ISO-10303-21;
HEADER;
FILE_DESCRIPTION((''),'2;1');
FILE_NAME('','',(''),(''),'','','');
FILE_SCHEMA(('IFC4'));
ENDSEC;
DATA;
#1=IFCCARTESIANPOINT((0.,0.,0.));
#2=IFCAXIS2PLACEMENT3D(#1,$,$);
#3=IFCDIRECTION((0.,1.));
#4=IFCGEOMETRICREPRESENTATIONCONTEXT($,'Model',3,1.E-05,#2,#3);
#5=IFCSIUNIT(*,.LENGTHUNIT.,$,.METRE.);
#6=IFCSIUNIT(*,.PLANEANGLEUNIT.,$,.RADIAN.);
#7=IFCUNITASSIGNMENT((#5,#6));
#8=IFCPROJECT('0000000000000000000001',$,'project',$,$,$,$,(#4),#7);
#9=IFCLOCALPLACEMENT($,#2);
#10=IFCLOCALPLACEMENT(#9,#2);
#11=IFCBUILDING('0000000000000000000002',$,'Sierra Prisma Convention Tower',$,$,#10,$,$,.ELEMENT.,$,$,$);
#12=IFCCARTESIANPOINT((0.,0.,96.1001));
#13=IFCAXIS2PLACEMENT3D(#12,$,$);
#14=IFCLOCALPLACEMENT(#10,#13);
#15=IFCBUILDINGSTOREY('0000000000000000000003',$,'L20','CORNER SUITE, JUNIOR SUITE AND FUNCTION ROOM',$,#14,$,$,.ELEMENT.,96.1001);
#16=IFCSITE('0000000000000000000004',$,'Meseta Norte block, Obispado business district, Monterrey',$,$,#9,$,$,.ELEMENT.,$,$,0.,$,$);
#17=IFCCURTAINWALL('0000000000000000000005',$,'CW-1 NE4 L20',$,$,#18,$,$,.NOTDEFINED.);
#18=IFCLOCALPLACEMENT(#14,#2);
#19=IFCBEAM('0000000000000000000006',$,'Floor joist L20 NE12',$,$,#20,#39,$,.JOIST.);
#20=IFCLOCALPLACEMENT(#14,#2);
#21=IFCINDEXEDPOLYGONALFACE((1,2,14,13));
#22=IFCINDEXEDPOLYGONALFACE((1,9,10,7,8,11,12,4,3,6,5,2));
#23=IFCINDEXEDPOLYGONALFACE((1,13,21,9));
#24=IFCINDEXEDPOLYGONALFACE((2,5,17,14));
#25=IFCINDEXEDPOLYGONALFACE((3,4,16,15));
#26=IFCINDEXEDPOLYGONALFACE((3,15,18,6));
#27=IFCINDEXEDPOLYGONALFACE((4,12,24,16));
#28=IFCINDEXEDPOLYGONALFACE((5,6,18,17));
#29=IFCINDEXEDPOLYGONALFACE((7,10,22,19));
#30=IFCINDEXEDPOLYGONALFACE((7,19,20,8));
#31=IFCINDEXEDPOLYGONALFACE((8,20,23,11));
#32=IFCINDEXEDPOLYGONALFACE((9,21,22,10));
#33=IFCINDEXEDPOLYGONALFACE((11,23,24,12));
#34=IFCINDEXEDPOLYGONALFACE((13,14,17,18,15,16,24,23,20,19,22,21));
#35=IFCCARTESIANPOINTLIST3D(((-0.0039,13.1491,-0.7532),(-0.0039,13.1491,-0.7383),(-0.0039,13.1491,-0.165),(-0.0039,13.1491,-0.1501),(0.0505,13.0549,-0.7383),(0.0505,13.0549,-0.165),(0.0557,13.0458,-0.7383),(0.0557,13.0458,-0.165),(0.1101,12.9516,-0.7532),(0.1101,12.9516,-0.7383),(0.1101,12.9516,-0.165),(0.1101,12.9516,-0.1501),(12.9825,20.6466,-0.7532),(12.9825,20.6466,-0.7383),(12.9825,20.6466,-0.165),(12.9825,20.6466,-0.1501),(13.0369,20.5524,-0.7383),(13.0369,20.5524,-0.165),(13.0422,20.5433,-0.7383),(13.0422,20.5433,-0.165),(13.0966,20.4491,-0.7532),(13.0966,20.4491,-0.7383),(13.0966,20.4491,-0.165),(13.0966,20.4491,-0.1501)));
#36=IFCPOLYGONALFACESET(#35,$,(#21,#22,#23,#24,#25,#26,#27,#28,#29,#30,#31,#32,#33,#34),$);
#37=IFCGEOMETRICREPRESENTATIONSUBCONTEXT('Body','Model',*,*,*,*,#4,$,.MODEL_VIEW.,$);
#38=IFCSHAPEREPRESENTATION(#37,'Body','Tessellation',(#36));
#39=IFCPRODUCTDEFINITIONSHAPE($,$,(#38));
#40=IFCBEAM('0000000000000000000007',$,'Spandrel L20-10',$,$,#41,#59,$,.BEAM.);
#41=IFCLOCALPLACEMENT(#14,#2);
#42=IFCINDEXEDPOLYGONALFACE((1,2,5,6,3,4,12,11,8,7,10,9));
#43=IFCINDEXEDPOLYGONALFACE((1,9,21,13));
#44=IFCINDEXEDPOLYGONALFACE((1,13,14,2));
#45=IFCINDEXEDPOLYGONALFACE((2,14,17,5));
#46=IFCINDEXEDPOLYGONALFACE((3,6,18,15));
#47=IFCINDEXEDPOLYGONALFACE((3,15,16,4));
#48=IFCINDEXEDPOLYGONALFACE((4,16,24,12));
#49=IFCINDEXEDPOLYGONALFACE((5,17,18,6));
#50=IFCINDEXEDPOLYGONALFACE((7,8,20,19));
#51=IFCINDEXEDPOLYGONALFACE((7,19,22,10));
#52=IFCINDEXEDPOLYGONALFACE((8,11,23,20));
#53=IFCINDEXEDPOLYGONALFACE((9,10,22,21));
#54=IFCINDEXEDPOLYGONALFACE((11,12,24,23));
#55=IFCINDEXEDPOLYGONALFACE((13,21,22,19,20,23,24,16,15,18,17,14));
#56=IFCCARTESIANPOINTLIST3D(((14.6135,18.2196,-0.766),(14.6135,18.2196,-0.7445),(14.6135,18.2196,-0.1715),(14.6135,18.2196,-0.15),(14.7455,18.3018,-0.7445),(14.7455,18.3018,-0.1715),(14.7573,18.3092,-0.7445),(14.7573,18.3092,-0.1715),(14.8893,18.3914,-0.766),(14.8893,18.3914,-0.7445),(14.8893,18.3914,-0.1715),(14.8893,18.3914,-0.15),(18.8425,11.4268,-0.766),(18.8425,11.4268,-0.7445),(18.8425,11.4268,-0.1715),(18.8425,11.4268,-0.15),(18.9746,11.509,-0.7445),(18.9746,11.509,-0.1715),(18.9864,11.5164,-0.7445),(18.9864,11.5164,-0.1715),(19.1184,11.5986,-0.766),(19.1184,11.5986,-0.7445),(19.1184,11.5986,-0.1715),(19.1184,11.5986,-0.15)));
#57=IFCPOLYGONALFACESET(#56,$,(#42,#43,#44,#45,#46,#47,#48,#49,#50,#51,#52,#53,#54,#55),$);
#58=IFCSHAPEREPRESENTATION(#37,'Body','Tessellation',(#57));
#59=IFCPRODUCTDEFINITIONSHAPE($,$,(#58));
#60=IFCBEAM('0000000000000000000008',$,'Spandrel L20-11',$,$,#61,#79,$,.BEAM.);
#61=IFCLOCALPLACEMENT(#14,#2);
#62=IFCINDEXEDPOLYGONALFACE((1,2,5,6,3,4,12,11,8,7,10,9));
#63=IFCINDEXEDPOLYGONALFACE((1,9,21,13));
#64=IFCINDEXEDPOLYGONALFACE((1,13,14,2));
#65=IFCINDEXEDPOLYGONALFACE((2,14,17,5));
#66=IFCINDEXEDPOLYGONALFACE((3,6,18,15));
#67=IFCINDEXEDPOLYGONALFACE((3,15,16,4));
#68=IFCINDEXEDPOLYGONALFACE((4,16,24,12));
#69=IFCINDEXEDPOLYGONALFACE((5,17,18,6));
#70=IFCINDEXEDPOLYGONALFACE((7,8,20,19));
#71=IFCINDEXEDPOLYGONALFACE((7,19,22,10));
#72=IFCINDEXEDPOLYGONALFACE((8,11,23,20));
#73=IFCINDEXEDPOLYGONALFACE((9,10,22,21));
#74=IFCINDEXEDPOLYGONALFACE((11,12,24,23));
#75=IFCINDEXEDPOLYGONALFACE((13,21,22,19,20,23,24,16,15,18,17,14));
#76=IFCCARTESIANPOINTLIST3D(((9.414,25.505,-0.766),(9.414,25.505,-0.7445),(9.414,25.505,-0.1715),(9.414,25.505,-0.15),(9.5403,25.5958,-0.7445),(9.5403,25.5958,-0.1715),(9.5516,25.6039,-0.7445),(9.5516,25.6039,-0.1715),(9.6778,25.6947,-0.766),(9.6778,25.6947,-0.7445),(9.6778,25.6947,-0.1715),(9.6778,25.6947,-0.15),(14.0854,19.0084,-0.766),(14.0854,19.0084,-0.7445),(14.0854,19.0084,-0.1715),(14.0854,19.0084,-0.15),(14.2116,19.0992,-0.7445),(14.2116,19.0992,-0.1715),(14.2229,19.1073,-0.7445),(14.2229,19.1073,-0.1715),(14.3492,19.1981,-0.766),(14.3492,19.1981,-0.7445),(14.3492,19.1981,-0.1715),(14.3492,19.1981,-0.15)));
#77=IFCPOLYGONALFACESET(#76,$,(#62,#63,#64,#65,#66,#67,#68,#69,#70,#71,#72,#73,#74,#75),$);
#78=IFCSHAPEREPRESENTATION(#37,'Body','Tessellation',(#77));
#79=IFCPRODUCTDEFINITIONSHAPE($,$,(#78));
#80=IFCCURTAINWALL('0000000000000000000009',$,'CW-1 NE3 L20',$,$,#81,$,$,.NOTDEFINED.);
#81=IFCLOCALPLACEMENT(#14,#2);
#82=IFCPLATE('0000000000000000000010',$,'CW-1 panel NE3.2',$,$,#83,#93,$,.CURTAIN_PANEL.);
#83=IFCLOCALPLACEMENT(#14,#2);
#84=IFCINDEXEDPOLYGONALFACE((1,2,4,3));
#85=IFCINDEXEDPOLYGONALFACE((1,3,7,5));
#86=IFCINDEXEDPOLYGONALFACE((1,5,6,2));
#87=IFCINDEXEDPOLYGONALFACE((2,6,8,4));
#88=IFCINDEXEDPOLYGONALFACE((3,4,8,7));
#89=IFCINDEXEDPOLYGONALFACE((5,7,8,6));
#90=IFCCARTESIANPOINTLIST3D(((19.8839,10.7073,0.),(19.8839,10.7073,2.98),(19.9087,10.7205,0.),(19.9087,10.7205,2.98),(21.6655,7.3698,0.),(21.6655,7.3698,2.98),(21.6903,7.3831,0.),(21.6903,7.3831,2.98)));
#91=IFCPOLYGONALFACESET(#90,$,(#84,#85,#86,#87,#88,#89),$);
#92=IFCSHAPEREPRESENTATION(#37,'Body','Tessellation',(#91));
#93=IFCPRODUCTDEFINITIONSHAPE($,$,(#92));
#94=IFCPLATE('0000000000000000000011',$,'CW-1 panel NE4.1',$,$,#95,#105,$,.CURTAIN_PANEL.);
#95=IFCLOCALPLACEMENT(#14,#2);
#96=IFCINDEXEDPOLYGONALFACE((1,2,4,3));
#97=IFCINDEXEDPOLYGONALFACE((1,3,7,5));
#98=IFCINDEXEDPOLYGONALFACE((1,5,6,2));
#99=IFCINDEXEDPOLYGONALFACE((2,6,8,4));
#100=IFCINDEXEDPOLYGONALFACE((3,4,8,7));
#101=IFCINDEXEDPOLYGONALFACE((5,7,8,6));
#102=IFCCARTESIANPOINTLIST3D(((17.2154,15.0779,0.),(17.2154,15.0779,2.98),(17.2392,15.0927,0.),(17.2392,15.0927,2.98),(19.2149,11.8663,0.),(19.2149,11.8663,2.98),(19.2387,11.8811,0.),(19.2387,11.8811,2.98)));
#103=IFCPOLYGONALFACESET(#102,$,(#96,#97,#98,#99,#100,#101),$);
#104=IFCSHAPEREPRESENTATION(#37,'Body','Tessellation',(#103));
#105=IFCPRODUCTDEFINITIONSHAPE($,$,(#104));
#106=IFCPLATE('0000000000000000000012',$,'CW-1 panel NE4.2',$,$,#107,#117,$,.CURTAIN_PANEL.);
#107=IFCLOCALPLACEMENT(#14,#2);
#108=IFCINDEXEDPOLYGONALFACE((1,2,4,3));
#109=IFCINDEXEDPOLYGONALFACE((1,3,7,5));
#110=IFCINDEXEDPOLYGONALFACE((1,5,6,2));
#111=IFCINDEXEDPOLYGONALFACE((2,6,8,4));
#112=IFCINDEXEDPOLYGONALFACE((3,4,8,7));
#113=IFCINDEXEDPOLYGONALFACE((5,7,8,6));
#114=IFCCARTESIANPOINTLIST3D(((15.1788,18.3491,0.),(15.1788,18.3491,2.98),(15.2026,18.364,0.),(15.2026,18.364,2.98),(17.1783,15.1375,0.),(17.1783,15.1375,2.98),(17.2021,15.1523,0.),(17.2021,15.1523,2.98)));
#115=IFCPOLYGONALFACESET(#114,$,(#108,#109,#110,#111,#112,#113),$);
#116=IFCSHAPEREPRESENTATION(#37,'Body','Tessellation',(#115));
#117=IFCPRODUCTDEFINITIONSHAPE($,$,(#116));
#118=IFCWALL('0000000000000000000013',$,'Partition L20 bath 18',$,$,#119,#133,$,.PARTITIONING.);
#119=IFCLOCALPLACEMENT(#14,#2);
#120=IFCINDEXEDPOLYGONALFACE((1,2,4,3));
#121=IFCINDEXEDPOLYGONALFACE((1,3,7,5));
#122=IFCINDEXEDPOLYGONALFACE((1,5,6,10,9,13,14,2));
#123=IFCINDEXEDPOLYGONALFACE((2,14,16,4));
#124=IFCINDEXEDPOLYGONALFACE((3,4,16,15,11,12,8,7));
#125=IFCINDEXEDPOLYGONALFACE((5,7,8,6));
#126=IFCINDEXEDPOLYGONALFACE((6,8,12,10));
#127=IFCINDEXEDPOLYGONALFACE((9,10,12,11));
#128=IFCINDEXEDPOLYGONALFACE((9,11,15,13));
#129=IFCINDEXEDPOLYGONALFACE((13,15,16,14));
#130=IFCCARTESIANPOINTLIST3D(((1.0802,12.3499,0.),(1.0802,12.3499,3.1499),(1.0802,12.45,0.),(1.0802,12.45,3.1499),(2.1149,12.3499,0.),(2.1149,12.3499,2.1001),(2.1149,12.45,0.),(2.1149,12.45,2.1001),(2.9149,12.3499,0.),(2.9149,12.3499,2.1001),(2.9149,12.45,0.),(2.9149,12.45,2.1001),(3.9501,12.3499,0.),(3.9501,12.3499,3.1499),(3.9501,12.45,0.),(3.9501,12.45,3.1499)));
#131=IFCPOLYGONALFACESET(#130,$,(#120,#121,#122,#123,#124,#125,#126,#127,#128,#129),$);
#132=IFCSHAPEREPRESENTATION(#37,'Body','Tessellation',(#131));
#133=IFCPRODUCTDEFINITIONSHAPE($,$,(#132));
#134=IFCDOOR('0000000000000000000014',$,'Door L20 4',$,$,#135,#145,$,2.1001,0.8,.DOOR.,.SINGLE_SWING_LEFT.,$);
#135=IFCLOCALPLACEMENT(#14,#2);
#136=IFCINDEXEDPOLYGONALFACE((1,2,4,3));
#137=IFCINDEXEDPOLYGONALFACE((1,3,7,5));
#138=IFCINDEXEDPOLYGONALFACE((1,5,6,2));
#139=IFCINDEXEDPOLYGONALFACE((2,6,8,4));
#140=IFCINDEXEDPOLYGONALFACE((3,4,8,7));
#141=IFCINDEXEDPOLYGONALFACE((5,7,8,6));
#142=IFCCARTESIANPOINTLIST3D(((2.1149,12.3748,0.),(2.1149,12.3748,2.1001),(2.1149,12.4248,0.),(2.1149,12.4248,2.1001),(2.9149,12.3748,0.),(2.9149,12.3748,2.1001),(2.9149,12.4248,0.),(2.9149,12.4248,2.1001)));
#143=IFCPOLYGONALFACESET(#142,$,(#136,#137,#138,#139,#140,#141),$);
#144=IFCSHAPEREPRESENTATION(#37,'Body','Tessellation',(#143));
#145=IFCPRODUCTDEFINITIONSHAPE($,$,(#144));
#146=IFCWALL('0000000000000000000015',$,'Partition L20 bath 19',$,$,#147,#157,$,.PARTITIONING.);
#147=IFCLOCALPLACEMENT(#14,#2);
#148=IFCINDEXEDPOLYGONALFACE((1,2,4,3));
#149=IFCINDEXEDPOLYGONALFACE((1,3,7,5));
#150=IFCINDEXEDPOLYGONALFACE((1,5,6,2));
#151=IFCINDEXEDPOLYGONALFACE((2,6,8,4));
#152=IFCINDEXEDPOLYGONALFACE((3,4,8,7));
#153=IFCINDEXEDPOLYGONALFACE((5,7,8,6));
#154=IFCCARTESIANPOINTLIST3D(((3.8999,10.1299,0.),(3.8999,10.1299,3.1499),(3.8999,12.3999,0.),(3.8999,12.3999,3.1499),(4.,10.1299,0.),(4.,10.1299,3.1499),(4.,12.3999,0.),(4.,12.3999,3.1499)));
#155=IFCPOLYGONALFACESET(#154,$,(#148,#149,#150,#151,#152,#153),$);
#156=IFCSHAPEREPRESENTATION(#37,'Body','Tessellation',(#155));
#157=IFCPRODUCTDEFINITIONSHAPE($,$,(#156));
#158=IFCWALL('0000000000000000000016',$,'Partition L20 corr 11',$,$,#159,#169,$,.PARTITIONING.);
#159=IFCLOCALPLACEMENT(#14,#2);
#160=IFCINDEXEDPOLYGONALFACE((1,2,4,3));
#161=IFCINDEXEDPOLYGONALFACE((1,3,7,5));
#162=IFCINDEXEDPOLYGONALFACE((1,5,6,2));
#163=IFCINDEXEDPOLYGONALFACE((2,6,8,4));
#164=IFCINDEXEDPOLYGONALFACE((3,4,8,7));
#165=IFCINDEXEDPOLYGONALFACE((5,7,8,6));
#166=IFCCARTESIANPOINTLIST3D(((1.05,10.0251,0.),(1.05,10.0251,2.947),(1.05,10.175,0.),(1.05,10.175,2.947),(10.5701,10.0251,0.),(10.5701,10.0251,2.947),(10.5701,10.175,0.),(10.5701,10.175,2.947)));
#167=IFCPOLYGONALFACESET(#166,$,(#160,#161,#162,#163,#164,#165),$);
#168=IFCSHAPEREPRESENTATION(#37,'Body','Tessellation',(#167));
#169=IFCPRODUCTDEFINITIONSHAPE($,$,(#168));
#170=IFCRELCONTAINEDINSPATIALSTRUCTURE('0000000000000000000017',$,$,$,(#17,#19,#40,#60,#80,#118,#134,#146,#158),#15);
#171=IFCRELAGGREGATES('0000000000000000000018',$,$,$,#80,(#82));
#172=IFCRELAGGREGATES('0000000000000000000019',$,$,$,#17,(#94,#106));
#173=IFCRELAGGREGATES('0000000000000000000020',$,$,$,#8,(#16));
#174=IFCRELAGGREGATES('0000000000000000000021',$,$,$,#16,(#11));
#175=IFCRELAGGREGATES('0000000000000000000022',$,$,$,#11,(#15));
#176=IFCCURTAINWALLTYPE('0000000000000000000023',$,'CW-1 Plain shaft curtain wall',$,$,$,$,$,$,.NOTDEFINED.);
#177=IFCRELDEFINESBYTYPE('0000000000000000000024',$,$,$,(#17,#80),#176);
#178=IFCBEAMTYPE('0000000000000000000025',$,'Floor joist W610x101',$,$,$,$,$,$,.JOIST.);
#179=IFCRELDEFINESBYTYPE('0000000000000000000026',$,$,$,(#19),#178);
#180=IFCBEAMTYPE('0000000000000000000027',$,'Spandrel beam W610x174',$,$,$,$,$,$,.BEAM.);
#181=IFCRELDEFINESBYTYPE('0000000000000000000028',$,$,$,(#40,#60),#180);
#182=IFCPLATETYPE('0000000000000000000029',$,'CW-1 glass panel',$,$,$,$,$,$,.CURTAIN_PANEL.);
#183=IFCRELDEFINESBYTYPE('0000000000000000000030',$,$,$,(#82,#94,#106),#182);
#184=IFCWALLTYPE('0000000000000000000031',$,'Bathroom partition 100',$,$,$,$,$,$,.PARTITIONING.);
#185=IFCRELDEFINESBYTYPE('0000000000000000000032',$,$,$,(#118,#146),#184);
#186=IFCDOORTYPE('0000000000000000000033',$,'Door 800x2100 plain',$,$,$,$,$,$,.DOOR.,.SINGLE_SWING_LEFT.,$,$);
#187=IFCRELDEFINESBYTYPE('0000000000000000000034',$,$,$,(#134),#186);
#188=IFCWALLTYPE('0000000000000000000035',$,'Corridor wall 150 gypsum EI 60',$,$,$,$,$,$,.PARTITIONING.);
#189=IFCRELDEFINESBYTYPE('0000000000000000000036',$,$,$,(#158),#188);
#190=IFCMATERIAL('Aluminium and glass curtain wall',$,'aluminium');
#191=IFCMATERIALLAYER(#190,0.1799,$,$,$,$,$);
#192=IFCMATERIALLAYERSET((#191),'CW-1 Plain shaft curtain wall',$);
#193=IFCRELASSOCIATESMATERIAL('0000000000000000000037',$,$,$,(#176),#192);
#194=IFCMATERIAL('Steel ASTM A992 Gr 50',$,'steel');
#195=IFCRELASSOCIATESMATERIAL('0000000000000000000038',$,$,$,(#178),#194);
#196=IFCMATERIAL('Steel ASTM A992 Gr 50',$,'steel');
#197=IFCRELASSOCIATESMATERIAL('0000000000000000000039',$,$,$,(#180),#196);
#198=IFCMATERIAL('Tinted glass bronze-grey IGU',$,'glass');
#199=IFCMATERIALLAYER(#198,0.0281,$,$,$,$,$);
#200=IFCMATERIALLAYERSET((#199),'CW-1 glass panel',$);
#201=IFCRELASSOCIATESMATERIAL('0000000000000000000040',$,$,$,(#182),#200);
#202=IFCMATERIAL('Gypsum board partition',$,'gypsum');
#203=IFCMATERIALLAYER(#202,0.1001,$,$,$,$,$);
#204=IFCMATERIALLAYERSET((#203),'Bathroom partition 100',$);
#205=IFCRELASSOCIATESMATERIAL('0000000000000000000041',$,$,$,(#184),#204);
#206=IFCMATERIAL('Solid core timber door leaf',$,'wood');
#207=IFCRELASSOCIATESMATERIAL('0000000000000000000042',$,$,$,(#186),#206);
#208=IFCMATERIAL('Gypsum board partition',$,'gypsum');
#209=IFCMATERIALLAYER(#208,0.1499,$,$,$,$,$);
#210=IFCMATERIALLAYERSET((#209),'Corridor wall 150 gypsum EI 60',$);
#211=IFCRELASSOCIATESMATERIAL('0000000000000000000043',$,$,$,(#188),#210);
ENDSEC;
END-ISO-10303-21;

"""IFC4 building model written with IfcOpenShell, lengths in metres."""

from ifc_helpers import new_model, si_unit, direction, frame, frame_2d, origin, origin_2d, place, context, subcontext, project, spatial, rectangle, i_section, extrude, material, layer, layer_set, material_profile, profile_set, type_object, element, fill, aggregate, save


model = new_model("IFC4")

# Units and contexts
model_context = context("Model", 3, precision=1e-05, world=origin(), true_north=direction((0.0, 1.0)))
body_context = subcontext(model_context, "Body", "Model", "MODEL_VIEW")
ifc_project = project(units=[si_unit("LENGTHUNIT", "METRE"), si_unit("PLANEANGLEUNIT", "RADIAN")], contexts=[model_context])

# Site, building, storey
site_placement = place(None, origin())
site = spatial("IfcSite", under=ifc_project, at=site_placement, Name="Meseta Norte block, Obispado business district, Monterrey", CompositionType="ELEMENT", RefElevation=0.0)
building_placement = place(site_placement, origin())
building = spatial("IfcBuilding", under=site, at=building_placement, Name="Sierra Prisma Convention Tower", CompositionType="ELEMENT")
storey_placement = place(building_placement, frame((0.0, 0.0, 96.1001)))
storey = spatial("IfcBuildingStorey", under=building, at=storey_placement, Name="L20", Description="CORNER SUITE, JUNIOR SUITE AND FUNCTION ROOM", CompositionType="ELEMENT", Elevation=96.1001)

# Curtain wall
ifc_material_1 = material(Name="Aluminium and glass curtain wall", Category="aluminium")
ifc_layer_1 = layer(ifc_material_1, 0.1799)
ifc_layer_set_1 = layer_set([ifc_layer_1], Name="CW-1 Plain shaft curtain wall")
curtain_wall_type = type_object("IfcCurtainWallType", Name="CW-1 Plain shaft curtain wall", PredefinedType="NOTDEFINED", material=ifc_layer_set_1)
curtain_wall_1_placement = place(storey_placement, origin())
curtain_wall_1 = element("IfcCurtainWall", 1, at=curtain_wall_1_placement, inside=storey, type_object=curtain_wall_type, Name="CW-1 NE4 L20", PredefinedType="NOTDEFINED")

# Beams
ifc_material_2 = material(Name="Steel ASTM A992 Gr 50", Category="steel")
ifc_material_profile_1 = material_profile(ifc_material_2, i_section(OverallWidth=0.228, OverallDepth=0.603, WebThickness=0.0105, FlangeThickness=0.0149, at=origin_2d()), Name="W610x101")
ifc_profile_set_1 = profile_set([ifc_material_profile_1], Name="Steel ASTM A992 Gr 50")
beam_type_1 = type_object("IfcBeamType", Name="Floor joist W610x101", PredefinedType="JOIST", material=ifc_profile_set_1)
beam_1_placement = place(storey_placement, frame((13.0396, 20.5479, -0.4517), z_axis=(-0.866032, -0.499988, 0.0), x_axis=(0.499988, -0.866032, 0.0)))
element("IfcBeam", 2, at=beam_1_placement, inside=storey, type_object=beam_type_1, Name="Floor joist L20 NE12", PredefinedType="JOIST", context=body_context, shape_type="SweptSolid", body=[
    extrude(i_section(OverallWidth=0.228, OverallDepth=0.603, WebThickness=0.0105, FlangeThickness=0.0149, at=origin_2d()), origin(), (0.0, 0.0, 1.0), 14.9954),
])
ifc_material_3 = material(Name="Steel ASTM A992 Gr 50", Category="steel")
ifc_material_profile_2 = material_profile(ifc_material_3, i_section(OverallWidth=0.325, OverallDepth=0.616, WebThickness=0.0139, FlangeThickness=0.0215, at=origin_2d()), Name="W610x174")
ifc_profile_set_2 = profile_set([ifc_material_profile_2], Name="Steel ASTM A992 Gr 50")
beam_type_2 = type_object("IfcBeamType", Name="Spandrel beam W610x174", PredefinedType="BEAM", material=ifc_profile_set_2)
for number, where, z_axis, x_axis, name in (
    (3, (18.9805, 11.5127, -0.458), (-0.52852, 0.848921, 0.0), (-0.848921, -0.52852, 0.0), "Spandrel L20-10"),
    (4, (14.2173, 19.1033, -0.458), (-0.583798, 0.811899, 0.0), (-0.811899, -0.583798, 0.0), "Spandrel L20-11"),
):
    element("IfcBeam", number, at=place(storey_placement, frame(where, z_axis=z_axis, x_axis=x_axis)), inside=storey, type_object=beam_type_2, Name=name, PredefinedType="BEAM", context=body_context, shape_type="SweptSolid", body=[
        extrude(i_section(OverallWidth=0.325, OverallDepth=0.616, WebThickness=0.0139, FlangeThickness=0.0215, at=origin_2d()), origin(), (0.0, 0.0, 1.0), 8.0017),
    ])

# Curtain wall, plate
curtain_wall_2_placement = place(storey_placement, origin())
curtain_wall_2 = element("IfcCurtainWall", 5, at=curtain_wall_2_placement, inside=storey, type_object=curtain_wall_type, Name="CW-1 NE3 L20", PredefinedType="NOTDEFINED")
ifc_material_4 = material(Name="Tinted glass bronze-grey IGU", Category="glass")
ifc_layer_2 = layer(ifc_material_4, 0.0281)
ifc_layer_set_2 = layer_set([ifc_layer_2], Name="CW-1 glass panel")
plate_type = type_object("IfcPlateType", Name="CW-1 glass panel", PredefinedType="CURTAIN_PANEL", material=ifc_layer_set_2)
plate_1_placement = place(storey_placement, frame((20.7871, 9.0452, 0.0), z_axis=(0.0, 0.0, 1.0), x_axis=(-0.470921, 0.882176, 0.0)))
plate_1 = element("IfcPlate", 6, at=plate_1_placement, type_object=plate_type, Name="CW-1 panel NE3.2", PredefinedType="CURTAIN_PANEL", context=body_context, shape_type="SweptSolid", body=[
    extrude(rectangle(XDim=3.7832, YDim=0.0281, at=origin_2d()), origin(), (0.0, 0.0, 1.0), 2.98),
])
aggregate(curtain_wall_2, [plate_1])

# Plates
plate_2_placement = place(storey_placement, frame((18.2271, 13.4795, 0.0), z_axis=(0.0, 0.0, 1.0), x_axis=(-0.528526, 0.848917, 0.0)))
plate_2 = element("IfcPlate", 7, at=plate_2_placement, type_object=plate_type, Name="CW-1 panel NE4.1", PredefinedType="CURTAIN_PANEL", context=body_context, shape_type="SweptSolid", body=[
    extrude(rectangle(XDim=3.7832, YDim=0.0281, at=origin_2d()), origin(), (0.0, 0.0, 1.0), 2.98),
])
plate_3_placement = place(storey_placement, frame((16.1904, 16.7507, 0.0), z_axis=(0.0, 0.0, 1.0), x_axis=(-0.528526, 0.848917, 0.0)))
plate_3 = element("IfcPlate", 8, at=plate_3_placement, type_object=plate_type, Name="CW-1 panel NE4.2", PredefinedType="CURTAIN_PANEL", context=body_context, shape_type="SweptSolid", body=[
    extrude(rectangle(XDim=3.7832, YDim=0.0281, at=origin_2d()), origin(), (0.0, 0.0, 1.0), 2.98),
])
aggregate(curtain_wall_1, [plate_2, plate_3])

# Wall, opening, door
ifc_material_5 = material(Name="Gypsum board partition", Category="gypsum")
ifc_layer_3 = layer(ifc_material_5, 0.1001)
ifc_layer_set_3 = layer_set([ifc_layer_3], Name="Bathroom partition 100")
wall_type_1 = type_object("IfcWallType", Name="Bathroom partition 100", PredefinedType="PARTITIONING", material=ifc_layer_set_3)
wall_1_placement = place(storey_placement, frame((1.0801, 12.3999, 0.0), z_axis=(0.0, 0.0, 1.0), x_axis=(1.0, 0.0, 0.0)))
wall_1 = element("IfcWall", 9, at=wall_1_placement, inside=storey, type_object=wall_type_1, Name="Partition L20 bath 18", PredefinedType="PARTITIONING", context=body_context, shape_type="SweptSolid", body=[
    extrude(rectangle(XDim=2.8699, YDim=0.1001, at=frame_2d((1.4351, 0.0))), origin(), (0.0, 0.0, 1.0), 3.1499),
])
opening_1_placement = place(wall_1_placement, frame((1.0349, 0.0, 0.0)))
opening_1 = element("IfcOpeningElement", 10, at=opening_1_placement, cuts=wall_1, PredefinedType="OPENING", context=body_context, shape_type="SweptSolid", body=[
    extrude(rectangle(XDim=0.8, YDim=2.1001, at=frame_2d((0.3999, 1.05))), frame((0.0, 0.05, 0.0), z_axis=(0.0, -1.0, 0.0), x_axis=(1.0, 0.0, 0.0)), (0.0, 0.0, 1.0), 0.1001),
])
ifc_material_6 = material(Name="Solid core timber door leaf", Category="wood")
door_type_1 = type_object("IfcDoorType", Name="Door 800x2100 plain", OperationType="SINGLE_SWING_LEFT", PredefinedType="DOOR", material=ifc_material_6)
door_1_placement = place(opening_1_placement, origin())
door_1 = element("IfcDoor", 11, at=door_1_placement, inside=storey, type_object=door_type_1, Name="Door L20 4", OperationType="SINGLE_SWING_LEFT", OverallHeight=2.1001, OverallWidth=0.8, PredefinedType="DOOR", context=body_context, shape_type="SweptSolid", body=[
    extrude(rectangle(XDim=0.8, YDim=2.1001, at=frame_2d((0.3999, 1.05))), frame((0.0, 0.0249, 0.0), z_axis=(0.0, -1.0, 0.0), x_axis=(1.0, 0.0, 0.0)), (0.0, 0.0, 1.0), 0.05),
])
fill(opening_1, door_1)

# Wall
wall_2_placement = place(storey_placement, frame((3.95, 12.3999, 0.0), z_axis=(0.0, 0.0, 1.0), x_axis=(0.0, -1.0, 0.0)))
element("IfcWall", 12, at=wall_2_placement, inside=storey, type_object=wall_type_1, Name="Partition L20 bath 19", PredefinedType="PARTITIONING", context=body_context, shape_type="SweptSolid", body=[
    extrude(rectangle(XDim=2.27, YDim=0.1001, at=frame_2d((1.135, 0.0))), origin(), (0.0, 0.0, 1.0), 3.1499),
])

# Wall
ifc_material_7 = material(Name="Gypsum board partition", Category="gypsum")
ifc_layer_4 = layer(ifc_material_7, 0.1499)
ifc_layer_set_4 = layer_set([ifc_layer_4], Name="Corridor wall 150 gypsum EI 60")
wall_type_2 = type_object("IfcWallType", Name="Corridor wall 150 gypsum EI 60", PredefinedType="PARTITIONING", material=ifc_layer_set_4)
wall_3_placement = place(storey_placement, frame((10.5701, 10.1001, 0.0), z_axis=(0.0, 0.0, 1.0), x_axis=(-1.0, 0.0, 0.0)))
element("IfcWall", 13, at=wall_3_placement, inside=storey, type_object=wall_type_2, Name="Partition L20 corr 11", PredefinedType="PARTITIONING", context=body_context, shape_type="SweptSolid", body=[
    extrude(rectangle(XDim=9.52, YDim=0.1499, at=frame_2d((4.76, 0.0))), origin(), (0.0, 0.0, 1.0), 2.947),
])

save(model, "model.ifc")
